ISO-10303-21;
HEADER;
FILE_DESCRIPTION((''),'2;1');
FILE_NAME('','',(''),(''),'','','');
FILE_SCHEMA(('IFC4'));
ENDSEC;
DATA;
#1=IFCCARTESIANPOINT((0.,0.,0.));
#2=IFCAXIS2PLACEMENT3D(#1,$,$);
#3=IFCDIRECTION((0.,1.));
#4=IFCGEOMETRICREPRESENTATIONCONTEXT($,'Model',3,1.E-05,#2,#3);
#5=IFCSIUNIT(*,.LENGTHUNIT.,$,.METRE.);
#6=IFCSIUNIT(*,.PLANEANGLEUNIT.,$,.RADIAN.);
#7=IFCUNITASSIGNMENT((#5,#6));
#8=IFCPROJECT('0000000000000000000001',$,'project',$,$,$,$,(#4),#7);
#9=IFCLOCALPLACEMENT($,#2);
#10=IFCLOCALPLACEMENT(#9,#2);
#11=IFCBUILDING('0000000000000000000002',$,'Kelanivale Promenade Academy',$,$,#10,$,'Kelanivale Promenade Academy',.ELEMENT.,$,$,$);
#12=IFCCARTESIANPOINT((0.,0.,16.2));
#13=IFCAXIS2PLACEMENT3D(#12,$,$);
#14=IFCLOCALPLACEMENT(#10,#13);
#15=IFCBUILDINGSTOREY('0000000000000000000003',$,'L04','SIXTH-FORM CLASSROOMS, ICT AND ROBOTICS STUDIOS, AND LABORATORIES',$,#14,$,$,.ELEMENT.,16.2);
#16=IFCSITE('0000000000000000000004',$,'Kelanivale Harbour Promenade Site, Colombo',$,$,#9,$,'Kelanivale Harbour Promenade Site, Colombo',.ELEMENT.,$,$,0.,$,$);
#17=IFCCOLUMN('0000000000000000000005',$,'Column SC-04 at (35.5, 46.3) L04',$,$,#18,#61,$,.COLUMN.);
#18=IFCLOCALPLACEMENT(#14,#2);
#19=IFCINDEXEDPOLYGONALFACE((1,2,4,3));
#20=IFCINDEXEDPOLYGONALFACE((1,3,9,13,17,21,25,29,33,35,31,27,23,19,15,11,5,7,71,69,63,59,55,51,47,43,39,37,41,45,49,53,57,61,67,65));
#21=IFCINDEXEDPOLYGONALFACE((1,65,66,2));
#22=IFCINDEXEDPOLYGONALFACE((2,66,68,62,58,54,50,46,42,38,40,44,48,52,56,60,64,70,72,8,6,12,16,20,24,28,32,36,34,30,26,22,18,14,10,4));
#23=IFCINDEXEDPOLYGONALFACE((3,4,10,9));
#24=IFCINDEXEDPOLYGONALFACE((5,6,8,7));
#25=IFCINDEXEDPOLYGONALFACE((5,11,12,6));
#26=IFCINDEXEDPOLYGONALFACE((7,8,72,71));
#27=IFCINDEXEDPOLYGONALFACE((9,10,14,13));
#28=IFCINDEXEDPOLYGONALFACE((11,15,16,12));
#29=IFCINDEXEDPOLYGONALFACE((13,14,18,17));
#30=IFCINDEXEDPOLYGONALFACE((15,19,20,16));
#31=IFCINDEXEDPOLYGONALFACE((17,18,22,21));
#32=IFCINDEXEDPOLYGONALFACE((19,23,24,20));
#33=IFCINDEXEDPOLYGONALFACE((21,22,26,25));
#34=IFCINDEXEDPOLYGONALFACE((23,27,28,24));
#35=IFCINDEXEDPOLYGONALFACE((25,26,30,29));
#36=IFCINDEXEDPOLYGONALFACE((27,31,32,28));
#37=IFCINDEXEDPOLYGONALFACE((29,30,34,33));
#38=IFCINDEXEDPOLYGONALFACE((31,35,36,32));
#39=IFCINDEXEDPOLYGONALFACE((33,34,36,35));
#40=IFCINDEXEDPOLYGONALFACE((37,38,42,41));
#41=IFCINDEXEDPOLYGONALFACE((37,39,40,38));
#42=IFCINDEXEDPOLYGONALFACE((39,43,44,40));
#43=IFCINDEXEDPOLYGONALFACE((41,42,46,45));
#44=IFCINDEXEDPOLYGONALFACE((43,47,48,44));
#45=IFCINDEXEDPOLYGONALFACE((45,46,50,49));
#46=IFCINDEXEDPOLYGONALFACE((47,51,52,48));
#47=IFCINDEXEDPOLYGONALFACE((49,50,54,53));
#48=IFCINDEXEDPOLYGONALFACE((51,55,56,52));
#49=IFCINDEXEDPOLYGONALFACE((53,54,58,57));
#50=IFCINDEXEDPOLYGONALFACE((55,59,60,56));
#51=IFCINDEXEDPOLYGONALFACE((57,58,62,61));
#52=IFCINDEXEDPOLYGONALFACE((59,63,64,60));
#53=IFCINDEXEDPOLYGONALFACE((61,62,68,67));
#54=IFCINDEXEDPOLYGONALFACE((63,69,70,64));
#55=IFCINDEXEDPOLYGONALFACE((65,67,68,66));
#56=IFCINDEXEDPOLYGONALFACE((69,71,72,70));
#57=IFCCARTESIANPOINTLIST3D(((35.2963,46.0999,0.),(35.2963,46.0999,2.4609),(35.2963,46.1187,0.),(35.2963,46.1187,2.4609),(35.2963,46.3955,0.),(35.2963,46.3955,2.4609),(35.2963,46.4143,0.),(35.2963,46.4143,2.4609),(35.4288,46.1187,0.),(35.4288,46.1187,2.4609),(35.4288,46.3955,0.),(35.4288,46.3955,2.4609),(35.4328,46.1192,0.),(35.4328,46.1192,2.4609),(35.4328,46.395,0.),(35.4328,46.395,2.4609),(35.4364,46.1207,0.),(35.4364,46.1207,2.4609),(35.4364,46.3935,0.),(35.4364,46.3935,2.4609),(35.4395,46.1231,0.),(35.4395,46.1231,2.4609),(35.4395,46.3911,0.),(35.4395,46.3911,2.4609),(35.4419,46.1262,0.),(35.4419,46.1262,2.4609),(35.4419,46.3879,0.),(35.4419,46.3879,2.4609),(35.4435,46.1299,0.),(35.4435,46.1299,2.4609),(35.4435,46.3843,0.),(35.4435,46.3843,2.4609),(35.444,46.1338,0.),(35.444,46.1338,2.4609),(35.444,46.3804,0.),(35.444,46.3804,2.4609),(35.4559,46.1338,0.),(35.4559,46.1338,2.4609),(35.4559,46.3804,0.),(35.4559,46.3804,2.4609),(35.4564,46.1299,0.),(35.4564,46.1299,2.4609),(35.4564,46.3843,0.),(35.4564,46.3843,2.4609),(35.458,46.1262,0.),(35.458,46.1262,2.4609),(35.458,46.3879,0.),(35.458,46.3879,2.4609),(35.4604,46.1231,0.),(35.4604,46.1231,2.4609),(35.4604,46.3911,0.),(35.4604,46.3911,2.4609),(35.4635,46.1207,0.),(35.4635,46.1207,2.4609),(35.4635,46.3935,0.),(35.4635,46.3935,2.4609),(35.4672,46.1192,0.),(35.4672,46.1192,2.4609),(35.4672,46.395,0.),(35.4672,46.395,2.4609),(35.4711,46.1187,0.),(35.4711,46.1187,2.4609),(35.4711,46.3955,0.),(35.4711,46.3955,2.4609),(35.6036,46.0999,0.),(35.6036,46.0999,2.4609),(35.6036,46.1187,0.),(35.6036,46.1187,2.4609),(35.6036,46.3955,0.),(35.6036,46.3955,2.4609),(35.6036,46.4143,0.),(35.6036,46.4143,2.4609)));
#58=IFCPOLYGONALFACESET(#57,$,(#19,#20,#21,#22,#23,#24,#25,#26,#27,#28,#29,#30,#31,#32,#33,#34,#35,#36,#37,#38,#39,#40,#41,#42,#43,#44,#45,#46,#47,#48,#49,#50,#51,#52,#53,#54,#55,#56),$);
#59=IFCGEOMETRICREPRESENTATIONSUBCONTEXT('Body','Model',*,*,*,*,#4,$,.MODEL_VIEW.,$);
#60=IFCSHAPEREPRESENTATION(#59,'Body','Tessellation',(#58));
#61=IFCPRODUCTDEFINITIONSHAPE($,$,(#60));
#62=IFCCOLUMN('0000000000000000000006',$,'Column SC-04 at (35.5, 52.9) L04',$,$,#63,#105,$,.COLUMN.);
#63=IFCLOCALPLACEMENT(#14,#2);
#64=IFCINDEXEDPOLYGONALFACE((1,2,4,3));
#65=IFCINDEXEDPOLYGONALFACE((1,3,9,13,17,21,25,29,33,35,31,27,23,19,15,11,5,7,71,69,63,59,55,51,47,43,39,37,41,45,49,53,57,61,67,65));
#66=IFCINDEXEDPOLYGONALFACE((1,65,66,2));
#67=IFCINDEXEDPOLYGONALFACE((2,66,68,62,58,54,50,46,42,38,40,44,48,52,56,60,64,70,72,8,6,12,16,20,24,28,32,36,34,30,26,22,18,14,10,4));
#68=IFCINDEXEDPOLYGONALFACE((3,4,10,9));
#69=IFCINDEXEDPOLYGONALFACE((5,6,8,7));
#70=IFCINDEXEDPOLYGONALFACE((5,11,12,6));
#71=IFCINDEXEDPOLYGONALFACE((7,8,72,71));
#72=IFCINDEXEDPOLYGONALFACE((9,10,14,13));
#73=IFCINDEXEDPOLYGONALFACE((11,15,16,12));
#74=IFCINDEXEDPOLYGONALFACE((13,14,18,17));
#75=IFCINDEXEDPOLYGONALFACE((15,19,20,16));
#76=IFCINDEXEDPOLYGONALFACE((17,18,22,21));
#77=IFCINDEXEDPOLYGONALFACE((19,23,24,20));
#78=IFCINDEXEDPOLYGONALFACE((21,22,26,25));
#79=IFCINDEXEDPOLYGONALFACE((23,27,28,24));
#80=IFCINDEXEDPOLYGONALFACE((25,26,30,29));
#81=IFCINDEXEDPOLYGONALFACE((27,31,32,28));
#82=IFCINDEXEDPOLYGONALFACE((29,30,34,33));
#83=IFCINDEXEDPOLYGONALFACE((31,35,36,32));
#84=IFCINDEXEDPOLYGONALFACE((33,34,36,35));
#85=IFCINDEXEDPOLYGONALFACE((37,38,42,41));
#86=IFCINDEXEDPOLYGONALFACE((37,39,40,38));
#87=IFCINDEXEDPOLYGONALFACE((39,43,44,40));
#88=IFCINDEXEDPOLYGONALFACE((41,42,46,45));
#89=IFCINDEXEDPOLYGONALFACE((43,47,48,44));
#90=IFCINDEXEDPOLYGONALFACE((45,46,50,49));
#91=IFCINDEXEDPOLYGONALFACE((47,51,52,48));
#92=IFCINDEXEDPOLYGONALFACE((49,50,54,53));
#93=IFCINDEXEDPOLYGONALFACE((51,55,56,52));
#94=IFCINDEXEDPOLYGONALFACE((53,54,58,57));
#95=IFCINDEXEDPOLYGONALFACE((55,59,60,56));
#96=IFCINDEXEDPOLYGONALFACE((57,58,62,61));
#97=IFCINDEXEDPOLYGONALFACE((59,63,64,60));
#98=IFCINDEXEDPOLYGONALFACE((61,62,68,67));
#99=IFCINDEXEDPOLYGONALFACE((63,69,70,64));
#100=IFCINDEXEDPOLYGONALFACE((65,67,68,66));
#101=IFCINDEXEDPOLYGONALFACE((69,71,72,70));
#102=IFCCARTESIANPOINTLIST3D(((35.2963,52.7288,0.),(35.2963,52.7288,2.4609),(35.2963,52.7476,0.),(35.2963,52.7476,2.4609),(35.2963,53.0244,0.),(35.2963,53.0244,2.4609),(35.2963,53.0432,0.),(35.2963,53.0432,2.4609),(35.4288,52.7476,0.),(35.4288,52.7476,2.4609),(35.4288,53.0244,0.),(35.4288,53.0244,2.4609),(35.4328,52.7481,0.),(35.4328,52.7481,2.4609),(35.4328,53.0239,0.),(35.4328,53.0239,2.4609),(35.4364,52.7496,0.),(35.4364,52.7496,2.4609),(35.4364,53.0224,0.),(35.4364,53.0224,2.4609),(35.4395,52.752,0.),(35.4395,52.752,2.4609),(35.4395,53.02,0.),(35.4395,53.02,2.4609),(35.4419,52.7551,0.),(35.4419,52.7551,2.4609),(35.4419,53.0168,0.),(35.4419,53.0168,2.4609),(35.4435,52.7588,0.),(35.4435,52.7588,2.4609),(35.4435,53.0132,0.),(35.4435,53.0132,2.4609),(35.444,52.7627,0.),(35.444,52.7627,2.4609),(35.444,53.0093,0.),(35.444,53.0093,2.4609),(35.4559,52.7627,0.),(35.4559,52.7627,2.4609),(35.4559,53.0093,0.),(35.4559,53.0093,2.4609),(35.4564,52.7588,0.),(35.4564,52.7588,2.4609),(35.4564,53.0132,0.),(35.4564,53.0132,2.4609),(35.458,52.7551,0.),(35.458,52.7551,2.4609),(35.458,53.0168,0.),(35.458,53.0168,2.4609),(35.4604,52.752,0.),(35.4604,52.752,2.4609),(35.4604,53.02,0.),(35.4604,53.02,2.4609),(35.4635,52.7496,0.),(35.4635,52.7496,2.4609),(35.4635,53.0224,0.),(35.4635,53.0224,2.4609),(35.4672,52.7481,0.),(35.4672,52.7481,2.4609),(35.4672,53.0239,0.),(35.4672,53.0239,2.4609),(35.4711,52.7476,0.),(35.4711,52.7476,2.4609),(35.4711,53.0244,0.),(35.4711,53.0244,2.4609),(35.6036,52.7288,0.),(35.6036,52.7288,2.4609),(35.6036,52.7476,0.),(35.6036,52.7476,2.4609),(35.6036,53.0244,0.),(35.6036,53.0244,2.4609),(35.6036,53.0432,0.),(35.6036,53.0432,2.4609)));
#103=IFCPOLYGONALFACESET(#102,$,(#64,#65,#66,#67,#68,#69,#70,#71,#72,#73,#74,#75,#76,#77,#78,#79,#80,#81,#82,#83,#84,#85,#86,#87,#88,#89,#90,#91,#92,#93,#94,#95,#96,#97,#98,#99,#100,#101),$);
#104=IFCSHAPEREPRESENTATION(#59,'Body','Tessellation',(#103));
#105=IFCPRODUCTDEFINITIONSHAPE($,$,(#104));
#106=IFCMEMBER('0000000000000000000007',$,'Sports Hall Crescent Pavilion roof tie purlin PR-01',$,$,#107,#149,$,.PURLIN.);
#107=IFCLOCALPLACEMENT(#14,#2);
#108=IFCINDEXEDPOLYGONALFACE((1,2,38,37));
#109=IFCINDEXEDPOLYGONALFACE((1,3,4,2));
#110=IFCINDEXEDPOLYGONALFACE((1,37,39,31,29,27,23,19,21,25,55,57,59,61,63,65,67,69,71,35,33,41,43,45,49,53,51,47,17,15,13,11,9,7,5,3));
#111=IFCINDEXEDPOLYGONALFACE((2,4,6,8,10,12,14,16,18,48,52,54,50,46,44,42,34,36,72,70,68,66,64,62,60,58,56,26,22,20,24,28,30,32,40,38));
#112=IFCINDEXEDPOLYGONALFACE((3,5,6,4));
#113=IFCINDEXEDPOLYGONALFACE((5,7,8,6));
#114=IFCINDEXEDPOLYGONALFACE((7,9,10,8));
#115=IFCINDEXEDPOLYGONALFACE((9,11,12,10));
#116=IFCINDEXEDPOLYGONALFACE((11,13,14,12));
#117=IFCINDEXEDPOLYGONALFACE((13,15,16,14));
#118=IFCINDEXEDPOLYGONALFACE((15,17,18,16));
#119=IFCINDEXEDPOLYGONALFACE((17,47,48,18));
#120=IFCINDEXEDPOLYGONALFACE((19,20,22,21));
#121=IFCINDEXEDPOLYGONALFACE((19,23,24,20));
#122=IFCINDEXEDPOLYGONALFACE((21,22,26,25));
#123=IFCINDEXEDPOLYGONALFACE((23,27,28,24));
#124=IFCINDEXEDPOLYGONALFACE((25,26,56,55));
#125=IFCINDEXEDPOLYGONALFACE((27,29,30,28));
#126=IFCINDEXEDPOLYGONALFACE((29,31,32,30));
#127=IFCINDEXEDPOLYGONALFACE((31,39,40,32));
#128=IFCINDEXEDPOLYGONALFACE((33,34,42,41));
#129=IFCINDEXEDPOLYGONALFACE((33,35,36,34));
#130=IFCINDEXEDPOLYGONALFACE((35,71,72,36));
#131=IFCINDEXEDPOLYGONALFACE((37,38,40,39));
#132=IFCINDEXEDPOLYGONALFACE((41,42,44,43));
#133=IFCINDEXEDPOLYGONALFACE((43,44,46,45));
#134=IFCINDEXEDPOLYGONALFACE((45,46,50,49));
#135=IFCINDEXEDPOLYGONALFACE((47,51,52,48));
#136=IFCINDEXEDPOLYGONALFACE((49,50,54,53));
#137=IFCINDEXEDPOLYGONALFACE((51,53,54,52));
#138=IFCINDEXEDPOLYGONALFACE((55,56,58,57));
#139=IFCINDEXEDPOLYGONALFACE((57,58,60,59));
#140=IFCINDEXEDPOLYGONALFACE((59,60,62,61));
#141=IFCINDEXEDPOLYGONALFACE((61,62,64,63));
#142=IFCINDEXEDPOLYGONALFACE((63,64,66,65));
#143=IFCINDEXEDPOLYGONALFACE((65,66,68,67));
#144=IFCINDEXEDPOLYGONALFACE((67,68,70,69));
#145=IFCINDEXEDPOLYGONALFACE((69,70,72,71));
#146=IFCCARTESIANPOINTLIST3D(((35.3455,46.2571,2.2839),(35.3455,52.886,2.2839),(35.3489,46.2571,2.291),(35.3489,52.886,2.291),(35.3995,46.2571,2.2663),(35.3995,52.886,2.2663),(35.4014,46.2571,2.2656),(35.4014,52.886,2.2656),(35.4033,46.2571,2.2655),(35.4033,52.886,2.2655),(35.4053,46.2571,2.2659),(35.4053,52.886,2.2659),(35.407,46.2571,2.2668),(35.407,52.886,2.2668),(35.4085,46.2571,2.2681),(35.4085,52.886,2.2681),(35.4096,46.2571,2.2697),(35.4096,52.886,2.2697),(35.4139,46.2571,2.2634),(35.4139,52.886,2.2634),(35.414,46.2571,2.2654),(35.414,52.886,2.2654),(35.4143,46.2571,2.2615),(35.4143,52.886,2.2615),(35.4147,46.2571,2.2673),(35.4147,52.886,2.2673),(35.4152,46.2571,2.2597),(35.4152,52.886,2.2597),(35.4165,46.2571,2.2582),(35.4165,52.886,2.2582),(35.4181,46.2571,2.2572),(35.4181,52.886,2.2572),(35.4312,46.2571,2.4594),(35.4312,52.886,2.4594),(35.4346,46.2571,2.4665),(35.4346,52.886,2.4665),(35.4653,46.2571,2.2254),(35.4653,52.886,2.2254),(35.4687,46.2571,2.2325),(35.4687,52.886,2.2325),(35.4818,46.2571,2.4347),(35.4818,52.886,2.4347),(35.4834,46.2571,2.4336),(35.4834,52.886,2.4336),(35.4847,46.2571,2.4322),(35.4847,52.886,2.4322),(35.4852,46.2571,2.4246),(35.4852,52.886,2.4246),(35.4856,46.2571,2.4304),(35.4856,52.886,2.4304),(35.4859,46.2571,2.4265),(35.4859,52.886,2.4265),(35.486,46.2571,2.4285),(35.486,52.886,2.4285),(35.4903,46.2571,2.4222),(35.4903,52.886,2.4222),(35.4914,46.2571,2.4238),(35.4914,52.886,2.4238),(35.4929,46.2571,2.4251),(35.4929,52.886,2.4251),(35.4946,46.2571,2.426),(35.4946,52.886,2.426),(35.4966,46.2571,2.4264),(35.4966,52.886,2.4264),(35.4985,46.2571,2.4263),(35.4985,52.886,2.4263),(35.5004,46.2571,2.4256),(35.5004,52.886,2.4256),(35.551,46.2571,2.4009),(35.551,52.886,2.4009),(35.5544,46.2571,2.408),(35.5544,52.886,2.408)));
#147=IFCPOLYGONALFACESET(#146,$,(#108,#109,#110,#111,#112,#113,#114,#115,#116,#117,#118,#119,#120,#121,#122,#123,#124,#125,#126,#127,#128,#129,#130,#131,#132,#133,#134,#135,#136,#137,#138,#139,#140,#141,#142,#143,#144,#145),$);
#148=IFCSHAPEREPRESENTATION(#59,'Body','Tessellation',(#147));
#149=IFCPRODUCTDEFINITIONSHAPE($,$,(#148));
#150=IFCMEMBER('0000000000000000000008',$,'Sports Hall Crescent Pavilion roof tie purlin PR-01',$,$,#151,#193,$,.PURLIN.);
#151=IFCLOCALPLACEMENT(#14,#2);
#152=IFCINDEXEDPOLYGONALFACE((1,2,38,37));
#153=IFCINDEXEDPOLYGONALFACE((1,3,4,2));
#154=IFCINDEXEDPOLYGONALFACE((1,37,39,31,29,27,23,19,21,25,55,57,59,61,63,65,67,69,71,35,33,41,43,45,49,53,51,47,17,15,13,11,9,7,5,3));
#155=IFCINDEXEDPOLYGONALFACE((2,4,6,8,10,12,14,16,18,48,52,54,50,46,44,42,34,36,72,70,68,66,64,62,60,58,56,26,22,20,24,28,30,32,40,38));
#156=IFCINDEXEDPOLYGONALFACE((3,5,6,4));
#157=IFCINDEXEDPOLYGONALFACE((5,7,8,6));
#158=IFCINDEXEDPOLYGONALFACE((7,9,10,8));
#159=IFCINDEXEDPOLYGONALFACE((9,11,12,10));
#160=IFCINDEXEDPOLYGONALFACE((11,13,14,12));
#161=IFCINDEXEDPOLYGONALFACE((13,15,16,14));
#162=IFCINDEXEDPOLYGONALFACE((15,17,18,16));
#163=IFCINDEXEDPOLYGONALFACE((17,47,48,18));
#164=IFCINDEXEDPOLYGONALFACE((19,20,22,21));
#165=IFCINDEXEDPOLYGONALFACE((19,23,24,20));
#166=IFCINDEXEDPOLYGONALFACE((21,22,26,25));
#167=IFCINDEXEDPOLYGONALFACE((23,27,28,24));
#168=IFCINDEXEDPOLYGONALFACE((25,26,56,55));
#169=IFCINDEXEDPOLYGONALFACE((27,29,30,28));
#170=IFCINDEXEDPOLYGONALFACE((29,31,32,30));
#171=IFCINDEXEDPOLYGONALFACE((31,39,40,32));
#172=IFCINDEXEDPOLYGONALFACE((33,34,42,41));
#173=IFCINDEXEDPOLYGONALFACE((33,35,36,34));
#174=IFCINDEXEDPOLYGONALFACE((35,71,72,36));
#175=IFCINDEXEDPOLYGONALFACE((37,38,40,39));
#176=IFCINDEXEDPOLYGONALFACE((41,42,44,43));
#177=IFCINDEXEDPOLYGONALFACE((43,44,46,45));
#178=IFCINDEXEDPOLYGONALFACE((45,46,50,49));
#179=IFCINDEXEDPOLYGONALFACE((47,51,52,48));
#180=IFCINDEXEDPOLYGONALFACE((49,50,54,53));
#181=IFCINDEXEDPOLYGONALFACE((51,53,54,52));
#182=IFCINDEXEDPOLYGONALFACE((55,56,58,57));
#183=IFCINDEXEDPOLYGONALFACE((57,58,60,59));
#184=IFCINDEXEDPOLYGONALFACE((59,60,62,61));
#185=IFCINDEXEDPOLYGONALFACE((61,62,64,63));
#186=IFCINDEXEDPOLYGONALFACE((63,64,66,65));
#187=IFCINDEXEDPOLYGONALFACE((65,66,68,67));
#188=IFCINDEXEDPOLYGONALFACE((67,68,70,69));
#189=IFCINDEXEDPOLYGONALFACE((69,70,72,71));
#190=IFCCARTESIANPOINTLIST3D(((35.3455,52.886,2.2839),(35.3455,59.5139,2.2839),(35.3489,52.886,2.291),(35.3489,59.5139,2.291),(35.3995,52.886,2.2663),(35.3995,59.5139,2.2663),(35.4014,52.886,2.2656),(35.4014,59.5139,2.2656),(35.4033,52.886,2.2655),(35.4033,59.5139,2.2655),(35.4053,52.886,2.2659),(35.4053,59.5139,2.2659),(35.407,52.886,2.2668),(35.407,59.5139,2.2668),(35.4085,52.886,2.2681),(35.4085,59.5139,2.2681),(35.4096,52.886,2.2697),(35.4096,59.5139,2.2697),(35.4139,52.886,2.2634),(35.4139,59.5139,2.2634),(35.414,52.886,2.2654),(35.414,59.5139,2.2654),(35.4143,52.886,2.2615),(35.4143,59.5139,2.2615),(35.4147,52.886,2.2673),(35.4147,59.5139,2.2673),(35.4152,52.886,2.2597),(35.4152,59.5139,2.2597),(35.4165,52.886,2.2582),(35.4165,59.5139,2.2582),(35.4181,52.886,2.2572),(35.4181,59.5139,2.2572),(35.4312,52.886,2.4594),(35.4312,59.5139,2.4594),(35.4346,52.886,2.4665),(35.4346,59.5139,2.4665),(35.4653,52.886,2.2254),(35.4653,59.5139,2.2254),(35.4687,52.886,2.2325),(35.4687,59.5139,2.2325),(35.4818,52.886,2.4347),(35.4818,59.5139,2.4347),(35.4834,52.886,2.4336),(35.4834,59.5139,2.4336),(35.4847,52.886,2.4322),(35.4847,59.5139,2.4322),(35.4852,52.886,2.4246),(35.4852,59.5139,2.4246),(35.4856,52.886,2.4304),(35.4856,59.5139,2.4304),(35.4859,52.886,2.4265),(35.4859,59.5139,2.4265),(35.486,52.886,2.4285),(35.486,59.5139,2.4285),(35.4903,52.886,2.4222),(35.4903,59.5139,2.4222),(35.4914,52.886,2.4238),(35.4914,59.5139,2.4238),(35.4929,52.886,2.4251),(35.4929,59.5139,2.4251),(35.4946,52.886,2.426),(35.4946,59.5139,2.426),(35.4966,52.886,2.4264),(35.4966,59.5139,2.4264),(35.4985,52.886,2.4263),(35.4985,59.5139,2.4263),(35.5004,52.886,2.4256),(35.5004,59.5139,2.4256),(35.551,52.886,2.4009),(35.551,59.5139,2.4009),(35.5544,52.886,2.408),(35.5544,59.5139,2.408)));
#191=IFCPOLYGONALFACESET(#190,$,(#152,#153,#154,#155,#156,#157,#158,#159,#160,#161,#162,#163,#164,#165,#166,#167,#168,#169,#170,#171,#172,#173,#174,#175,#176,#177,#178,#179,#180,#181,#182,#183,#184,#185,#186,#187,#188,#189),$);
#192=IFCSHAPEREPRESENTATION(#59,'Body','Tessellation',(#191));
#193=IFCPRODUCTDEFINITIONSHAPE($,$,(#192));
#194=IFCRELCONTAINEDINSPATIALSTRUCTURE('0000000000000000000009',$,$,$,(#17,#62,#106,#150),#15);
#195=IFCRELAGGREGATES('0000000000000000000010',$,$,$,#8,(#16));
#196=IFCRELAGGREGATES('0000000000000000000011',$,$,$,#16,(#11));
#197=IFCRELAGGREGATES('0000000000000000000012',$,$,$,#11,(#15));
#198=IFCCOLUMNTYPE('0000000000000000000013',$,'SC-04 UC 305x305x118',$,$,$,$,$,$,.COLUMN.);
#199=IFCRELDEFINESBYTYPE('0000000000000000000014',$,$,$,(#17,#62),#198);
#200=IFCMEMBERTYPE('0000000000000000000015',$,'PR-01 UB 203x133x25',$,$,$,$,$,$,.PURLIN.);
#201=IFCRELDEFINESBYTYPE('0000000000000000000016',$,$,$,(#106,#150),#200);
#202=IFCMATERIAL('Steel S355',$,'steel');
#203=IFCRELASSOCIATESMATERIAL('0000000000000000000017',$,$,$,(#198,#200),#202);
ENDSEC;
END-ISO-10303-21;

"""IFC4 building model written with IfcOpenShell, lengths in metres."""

from ifc_helpers import new_model, si_unit, direction, frame, origin, origin_2d, place, context, subcontext, project, spatial, i_section, extrude, material, material_profile, profile_set, type_object, element, save


model = new_model("IFC4")

# Units and contexts
model_context = context("Model", 3, precision=1e-05, world=origin(), true_north=direction((0.0, 1.0)))
body_context = subcontext(model_context, "Body", "Model", "MODEL_VIEW")
ifc_project = project(units=[si_unit("LENGTHUNIT", "METRE"), si_unit("PLANEANGLEUNIT", "RADIAN")], contexts=[model_context])

# Site, building, storey
site_placement = place(None, origin())
site = spatial("IfcSite", under=ifc_project, at=site_placement, Name="Kelanivale Harbour Promenade Site, Colombo", LongName="Kelanivale Harbour Promenade Site, Colombo", CompositionType="ELEMENT", RefElevation=0.0)
building_placement = place(site_placement, origin())
building = spatial("IfcBuilding", under=site, at=building_placement, Name="Kelanivale Promenade Academy", LongName="Kelanivale Promenade Academy", CompositionType="ELEMENT")
storey_placement = place(building_placement, frame((0.0, 0.0, 16.2)))
storey = spatial("IfcBuildingStorey", under=building, at=storey_placement, Name="L04", Description="SIXTH-FORM CLASSROOMS, ICT AND ROBOTICS STUDIOS, AND LABORATORIES", CompositionType="ELEMENT", Elevation=16.2)

# Columns
ifc_material_1 = material(Name="Steel S355", Category="steel")
ifc_material_profile_1 = material_profile(ifc_material_1, i_section(OverallWidth=0.3074, OverallDepth=0.3145, WebThickness=0.012, FlangeThickness=0.0188, FilletRadius=0.0151, at=origin_2d()), Name="UC 305x305x118")
ifc_profile_set_1 = profile_set([ifc_material_profile_1], Name="Steel S355")
column_type = type_object("IfcColumnType", Name="SC-04 UC 305x305x118", PredefinedType="COLUMN", material=ifc_profile_set_1)
for number, where, z_axis, x_axis, name in (
    (1, (35.45, 46.2571, 0.0), (0.0, 0.0, 1.0), (1.0, 0.0, 0.0), "Column SC-04 at (35.5, 46.3) L04"),
    (2, (35.45, 52.886, 0.0), (0.0, 0.0, 1.0), (1.0, 0.0, 0.0), "Column SC-04 at (35.5, 52.9) L04"),
):
    element("IfcColumn", number, at=place(storey_placement, frame(where, z_axis=z_axis, x_axis=x_axis)), inside=storey, type_object=column_type, Name=name, PredefinedType="COLUMN", context=body_context, shape_type="SweptSolid", body=[
        extrude(i_section(OverallWidth=0.3074, OverallDepth=0.3145, WebThickness=0.012, FlangeThickness=0.0188, FilletRadius=0.0151, at=origin_2d()), origin(), (0.0, 0.0, 1.0), 2.4609),
    ])

# Members
ifc_material_profile_2 = material_profile(ifc_material_1, i_section(OverallWidth=0.1333, OverallDepth=0.2031, WebThickness=0.0056, FlangeThickness=0.0078, FilletRadius=0.0076, at=origin_2d()), Name="UB 203x133x25")
ifc_profile_set_2 = profile_set([ifc_material_profile_2], Name="Steel S355")
member_type_1 = type_object("IfcMemberType", Name="PR-01 UB 203x133x25", PredefinedType="PURLIN", material=ifc_profile_set_2)
member_1_placement = place(storey_placement, frame((35.45, 46.2571, 2.3459), z_axis=(0.0, 1.0, 0.0), x_axis=(-0.898564, 0.0, 0.438842)))
element("IfcMember", 3, at=member_1_placement, inside=storey, type_object=member_type_1, Name="Sports Hall Crescent Pavilion roof tie purlin PR-01", PredefinedType="PURLIN", context=body_context, shape_type="SweptSolid", body=[
    extrude(i_section(OverallWidth=0.1333, OverallDepth=0.2031, WebThickness=0.0056, FlangeThickness=0.0078, FilletRadius=0.0076, at=origin_2d()), origin(), (0.0, 0.0, 1.0), 6.6289),
])
member_2_placement = place(storey_placement, frame((35.45, 52.886, 2.3459), z_axis=(0.0, 1.0, 0.0), x_axis=(-0.898564, 0.0, 0.438842)))
element("IfcMember", 4, at=member_2_placement, inside=storey, type_object=member_type_1, Name="Sports Hall Crescent Pavilion roof tie purlin PR-01", PredefinedType="PURLIN", context=body_context, shape_type="SweptSolid", body=[
    extrude(i_section(OverallWidth=0.1333, OverallDepth=0.2031, WebThickness=0.0056, FlangeThickness=0.0078, FilletRadius=0.0076, at=origin_2d()), origin(), (0.0, 0.0, 1.0), 6.6279),
])

save(model, "model.ifc")
